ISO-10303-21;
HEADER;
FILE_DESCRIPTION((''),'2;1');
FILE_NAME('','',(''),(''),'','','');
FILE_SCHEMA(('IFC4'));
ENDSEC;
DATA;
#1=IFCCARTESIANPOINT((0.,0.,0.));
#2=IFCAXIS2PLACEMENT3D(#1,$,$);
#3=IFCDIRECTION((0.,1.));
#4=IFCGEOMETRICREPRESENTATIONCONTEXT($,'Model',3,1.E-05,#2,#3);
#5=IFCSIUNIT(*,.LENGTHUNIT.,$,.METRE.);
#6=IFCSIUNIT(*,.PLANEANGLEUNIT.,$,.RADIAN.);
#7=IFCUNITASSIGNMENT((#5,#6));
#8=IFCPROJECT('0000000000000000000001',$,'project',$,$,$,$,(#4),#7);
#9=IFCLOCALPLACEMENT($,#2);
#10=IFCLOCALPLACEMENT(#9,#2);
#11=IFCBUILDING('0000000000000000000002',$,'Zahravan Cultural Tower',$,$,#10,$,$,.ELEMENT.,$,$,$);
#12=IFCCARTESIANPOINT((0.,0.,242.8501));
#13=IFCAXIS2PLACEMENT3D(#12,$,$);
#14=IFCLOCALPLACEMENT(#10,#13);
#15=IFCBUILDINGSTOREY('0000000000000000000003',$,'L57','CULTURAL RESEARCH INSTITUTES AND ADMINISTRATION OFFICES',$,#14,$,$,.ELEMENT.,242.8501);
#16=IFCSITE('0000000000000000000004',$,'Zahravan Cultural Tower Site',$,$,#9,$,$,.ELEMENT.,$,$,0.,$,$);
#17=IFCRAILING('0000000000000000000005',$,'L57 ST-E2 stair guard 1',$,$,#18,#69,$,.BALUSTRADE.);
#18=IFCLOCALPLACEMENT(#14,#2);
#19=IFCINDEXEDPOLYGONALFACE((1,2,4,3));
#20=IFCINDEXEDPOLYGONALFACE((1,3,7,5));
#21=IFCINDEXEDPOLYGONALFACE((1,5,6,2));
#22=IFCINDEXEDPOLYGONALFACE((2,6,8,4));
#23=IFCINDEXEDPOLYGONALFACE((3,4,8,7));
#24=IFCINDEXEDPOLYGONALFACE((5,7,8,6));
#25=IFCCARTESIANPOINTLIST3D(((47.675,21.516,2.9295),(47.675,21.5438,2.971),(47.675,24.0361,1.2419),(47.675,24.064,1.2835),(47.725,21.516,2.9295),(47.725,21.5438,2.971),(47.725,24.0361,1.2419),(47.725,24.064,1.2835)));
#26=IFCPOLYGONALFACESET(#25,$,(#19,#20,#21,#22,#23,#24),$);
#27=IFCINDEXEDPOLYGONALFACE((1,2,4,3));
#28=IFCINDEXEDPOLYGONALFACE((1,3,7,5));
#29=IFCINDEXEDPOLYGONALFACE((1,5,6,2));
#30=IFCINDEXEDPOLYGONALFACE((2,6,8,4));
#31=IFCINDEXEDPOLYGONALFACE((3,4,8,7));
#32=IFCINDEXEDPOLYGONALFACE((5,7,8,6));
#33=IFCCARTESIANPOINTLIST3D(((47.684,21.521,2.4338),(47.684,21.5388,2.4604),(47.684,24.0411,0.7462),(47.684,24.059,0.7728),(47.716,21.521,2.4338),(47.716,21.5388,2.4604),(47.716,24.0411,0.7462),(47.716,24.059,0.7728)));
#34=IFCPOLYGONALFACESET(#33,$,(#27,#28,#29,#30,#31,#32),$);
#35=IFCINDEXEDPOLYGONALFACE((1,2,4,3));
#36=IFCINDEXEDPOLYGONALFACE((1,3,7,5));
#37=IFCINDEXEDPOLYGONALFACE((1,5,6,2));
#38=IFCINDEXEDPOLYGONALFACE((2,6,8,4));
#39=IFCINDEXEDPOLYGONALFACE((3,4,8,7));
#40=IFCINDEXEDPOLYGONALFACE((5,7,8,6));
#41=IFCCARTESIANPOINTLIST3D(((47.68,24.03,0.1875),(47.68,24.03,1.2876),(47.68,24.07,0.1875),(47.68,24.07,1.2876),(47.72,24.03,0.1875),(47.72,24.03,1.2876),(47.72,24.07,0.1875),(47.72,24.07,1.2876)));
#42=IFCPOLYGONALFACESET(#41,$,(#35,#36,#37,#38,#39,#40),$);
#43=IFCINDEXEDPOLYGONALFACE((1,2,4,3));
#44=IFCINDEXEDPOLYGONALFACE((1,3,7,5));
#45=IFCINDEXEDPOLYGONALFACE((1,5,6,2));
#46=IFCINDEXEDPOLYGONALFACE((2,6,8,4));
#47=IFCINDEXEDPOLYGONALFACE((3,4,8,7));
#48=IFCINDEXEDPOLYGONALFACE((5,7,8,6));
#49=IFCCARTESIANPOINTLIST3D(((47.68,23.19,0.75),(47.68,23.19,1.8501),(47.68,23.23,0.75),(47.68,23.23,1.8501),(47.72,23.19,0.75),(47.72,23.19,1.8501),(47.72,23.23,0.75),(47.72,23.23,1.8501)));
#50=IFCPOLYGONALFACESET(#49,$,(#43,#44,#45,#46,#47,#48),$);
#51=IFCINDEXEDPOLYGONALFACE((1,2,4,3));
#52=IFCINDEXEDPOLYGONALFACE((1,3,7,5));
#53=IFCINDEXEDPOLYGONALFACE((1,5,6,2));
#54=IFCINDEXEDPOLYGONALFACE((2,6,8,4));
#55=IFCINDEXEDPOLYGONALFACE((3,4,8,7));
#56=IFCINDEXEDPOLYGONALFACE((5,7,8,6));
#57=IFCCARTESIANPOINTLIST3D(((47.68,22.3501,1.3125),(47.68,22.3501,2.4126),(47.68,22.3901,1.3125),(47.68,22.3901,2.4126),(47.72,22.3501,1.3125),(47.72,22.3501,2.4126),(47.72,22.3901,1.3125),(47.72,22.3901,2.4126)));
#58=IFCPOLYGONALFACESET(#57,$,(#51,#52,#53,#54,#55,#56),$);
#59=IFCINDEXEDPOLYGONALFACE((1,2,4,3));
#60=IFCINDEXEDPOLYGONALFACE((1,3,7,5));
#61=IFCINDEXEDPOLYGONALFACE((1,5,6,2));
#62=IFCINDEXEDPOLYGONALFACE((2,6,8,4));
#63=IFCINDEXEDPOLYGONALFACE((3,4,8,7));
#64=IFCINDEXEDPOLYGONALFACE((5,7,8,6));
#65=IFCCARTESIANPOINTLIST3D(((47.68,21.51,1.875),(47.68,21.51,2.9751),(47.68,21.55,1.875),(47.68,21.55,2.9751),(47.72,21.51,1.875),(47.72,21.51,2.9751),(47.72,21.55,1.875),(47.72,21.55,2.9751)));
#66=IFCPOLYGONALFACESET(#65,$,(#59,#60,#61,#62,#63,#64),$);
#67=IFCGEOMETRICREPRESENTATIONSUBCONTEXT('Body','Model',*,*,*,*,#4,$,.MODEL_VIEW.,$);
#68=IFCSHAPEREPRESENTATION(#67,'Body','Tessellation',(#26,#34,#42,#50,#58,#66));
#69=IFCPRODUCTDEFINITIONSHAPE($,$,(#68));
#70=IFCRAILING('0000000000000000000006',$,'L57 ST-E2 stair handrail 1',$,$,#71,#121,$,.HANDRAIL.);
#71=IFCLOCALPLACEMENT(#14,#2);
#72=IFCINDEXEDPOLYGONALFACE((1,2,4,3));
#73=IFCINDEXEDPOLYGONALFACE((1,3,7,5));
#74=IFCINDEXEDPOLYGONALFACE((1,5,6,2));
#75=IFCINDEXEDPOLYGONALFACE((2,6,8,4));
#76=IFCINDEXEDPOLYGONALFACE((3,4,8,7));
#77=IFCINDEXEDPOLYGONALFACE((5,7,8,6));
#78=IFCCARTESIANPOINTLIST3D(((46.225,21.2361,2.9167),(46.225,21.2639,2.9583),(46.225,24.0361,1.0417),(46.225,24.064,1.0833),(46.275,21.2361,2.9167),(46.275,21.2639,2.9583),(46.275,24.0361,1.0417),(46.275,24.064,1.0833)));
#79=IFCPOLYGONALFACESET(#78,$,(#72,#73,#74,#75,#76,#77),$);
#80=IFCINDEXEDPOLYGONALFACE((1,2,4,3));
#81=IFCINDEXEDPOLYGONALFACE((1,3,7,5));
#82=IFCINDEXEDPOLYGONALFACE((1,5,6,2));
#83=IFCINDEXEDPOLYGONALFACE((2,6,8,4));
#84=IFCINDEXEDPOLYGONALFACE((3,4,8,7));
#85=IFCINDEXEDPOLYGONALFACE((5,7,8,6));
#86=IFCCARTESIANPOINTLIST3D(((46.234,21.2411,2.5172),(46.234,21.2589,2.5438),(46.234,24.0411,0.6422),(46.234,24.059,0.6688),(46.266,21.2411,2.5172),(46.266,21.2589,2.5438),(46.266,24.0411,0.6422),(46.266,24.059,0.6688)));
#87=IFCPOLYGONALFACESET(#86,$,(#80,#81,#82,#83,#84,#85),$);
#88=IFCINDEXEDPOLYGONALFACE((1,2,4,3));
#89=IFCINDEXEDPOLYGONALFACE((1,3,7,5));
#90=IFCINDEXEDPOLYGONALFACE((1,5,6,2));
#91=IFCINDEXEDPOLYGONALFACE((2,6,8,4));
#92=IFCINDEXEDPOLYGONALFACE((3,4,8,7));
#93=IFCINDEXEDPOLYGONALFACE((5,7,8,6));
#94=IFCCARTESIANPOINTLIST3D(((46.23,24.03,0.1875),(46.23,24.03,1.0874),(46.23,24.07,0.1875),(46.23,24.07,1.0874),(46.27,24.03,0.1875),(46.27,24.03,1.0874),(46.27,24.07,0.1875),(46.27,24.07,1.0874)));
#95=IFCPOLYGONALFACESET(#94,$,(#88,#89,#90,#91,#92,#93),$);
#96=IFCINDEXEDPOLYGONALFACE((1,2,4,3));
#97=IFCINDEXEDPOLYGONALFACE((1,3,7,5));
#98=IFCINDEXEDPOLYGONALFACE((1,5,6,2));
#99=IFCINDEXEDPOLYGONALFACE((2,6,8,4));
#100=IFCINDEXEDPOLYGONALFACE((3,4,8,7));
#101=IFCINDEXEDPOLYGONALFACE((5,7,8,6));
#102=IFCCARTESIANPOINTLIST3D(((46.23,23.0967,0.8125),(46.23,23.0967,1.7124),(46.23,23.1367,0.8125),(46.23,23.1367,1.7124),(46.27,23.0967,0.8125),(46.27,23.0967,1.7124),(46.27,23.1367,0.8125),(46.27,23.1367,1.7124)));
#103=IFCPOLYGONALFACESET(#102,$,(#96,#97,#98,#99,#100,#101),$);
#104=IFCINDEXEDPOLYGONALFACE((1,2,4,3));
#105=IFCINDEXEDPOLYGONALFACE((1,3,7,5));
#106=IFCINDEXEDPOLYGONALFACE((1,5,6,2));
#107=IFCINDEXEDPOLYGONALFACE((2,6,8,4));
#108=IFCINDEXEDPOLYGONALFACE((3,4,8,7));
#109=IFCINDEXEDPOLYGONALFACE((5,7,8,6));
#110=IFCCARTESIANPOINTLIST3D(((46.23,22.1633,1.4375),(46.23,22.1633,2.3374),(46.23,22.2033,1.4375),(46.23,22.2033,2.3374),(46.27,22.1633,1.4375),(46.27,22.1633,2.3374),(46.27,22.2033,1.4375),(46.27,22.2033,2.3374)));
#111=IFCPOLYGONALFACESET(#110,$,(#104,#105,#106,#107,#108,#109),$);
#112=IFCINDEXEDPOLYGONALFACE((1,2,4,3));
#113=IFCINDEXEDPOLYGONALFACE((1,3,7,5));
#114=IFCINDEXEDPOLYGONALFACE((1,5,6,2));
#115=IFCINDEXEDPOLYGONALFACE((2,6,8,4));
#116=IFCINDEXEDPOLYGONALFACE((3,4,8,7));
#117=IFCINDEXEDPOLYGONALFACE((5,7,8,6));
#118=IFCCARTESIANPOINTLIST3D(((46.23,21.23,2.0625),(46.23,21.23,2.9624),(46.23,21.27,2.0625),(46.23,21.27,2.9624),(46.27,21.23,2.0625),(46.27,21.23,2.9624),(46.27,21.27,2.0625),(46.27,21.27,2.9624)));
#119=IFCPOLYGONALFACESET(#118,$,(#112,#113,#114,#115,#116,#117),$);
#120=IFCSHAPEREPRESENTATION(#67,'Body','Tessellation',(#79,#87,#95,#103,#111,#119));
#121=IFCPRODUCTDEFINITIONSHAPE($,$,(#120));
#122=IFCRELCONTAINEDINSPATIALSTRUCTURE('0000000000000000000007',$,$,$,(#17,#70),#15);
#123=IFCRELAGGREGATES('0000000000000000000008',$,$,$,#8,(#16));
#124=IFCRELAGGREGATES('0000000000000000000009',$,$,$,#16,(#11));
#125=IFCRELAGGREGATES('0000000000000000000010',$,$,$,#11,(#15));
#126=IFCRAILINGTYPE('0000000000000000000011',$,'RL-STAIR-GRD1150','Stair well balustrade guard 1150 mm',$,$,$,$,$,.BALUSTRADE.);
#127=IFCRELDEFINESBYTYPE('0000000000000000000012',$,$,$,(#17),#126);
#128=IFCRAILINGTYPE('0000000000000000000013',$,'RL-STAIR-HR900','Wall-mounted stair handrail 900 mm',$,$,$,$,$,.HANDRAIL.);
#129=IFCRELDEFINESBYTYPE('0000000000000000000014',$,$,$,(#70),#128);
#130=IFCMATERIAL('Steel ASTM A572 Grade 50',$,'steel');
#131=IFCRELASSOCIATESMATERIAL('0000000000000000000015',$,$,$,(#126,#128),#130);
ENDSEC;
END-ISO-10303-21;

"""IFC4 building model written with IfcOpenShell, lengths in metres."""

from ifc_helpers import new_model, si_unit, direction, frame, origin, origin_2d, place, context, subcontext, project, spatial, rectangle, extrude, material, type_object, element, save


model = new_model("IFC4")

# Units and contexts
model_context = context("Model", 3, precision=1e-05, world=origin(), true_north=direction((0.0, 1.0)))
body_context = subcontext(model_context, "Body", "Model", "MODEL_VIEW")
ifc_project = project(units=[si_unit("LENGTHUNIT", "METRE"), si_unit("PLANEANGLEUNIT", "RADIAN")], contexts=[model_context])

# Site, building, storey
site_placement = place(None, origin())
site = spatial("IfcSite", under=ifc_project, at=site_placement, Name="Zahravan Cultural Tower Site", CompositionType="ELEMENT", RefElevation=0.0)
building_placement = place(site_placement, origin())
building = spatial("IfcBuilding", under=site, at=building_placement, Name="Zahravan Cultural Tower", CompositionType="ELEMENT")
storey_placement = place(building_placement, frame((0.0, 0.0, 242.8501)))
storey = spatial("IfcBuildingStorey", under=building, at=storey_placement, Name="L57", Description="CULTURAL RESEARCH INSTITUTES AND ADMINISTRATION OFFICES", CompositionType="ELEMENT", Elevation=242.8501)

# Shared definitions
ifc_material_1 = material(Name="Steel ASTM A572 Grade 50", Category="steel")

# Railings
railing_type_1 = type_object("IfcRailingType", Name="RL-STAIR-GRD1150", Description="Stair well balustrade guard 1150 mm", PredefinedType="BALUSTRADE", material=ifc_material_1)
railing_1_placement = place(storey_placement, frame((47.7, 24.05, 0.1875)))
element("IfcRailing", 1, at=railing_1_placement, inside=storey, type_object=railing_type_1, Name="L57 ST-E2 stair guard 1", PredefinedType="BALUSTRADE", context=body_context, shape_type="SweptSolid", body=[
    extrude(rectangle(XDim=0.05, YDim=0.05, at=origin_2d()), frame((0.0, 0.0, 1.0752), z_axis=(0.0, -0.830909, 0.556408), x_axis=(1.0, 0.0, 0.0)), (0.0, 0.0, 1.0), 3.033),
    extrude(rectangle(XDim=0.032, YDim=0.032, at=origin_2d()), frame((0.0, 0.0, 0.572), z_axis=(0.0, -0.830909, 0.556408), x_axis=(1.0, 0.0, 0.0)), (0.0, 0.0, 1.0), 3.033),
    extrude(rectangle(XDim=0.04, YDim=0.04, at=origin_2d()), origin(), (0.0, 0.0, 1.0), 1.1001),
    extrude(rectangle(XDim=0.04, YDim=0.04, at=origin_2d()), frame((0.0, -0.8401, 0.5625)), (0.0, 0.0, 1.0), 1.1001),
    extrude(rectangle(XDim=0.04, YDim=0.04, at=origin_2d()), frame((0.0, -1.6799, 1.125)), (0.0, 0.0, 1.0), 1.1001),
    extrude(rectangle(XDim=0.04, YDim=0.04, at=origin_2d()), frame((0.0, -2.52, 1.6875)), (0.0, 0.0, 1.0), 1.1001),
])
railing_type_2 = type_object("IfcRailingType", Name="RL-STAIR-HR900", Description="Wall-mounted stair handrail 900 mm", PredefinedType="HANDRAIL", material=ifc_material_1)
railing_2_placement = place(storey_placement, frame((46.25, 24.05, 0.1875)))
element("IfcRailing", 2, at=railing_2_placement, inside=storey, type_object=railing_type_2, Name="L57 ST-E2 stair handrail 1", PredefinedType="HANDRAIL", context=body_context, shape_type="SweptSolid", body=[
    extrude(rectangle(XDim=0.05, YDim=0.05, at=origin_2d()), frame((0.0, 0.0, 0.875), z_axis=(0.0, -0.830912, 0.556404), x_axis=(1.0, 0.0, 0.0)), (0.0, 0.0, 1.0), 3.3699),
    extrude(rectangle(XDim=0.032, YDim=0.032, at=origin_2d()), frame((0.0, 0.0, 0.468), z_axis=(0.0, -0.830912, 0.556404), x_axis=(1.0, 0.0, 0.0)), (0.0, 0.0, 1.0), 3.3699),
    extrude(rectangle(XDim=0.04, YDim=0.04, at=origin_2d()), origin(), (0.0, 0.0, 1.0), 0.8999),
    extrude(rectangle(XDim=0.04, YDim=0.04, at=origin_2d()), frame((0.0, -0.9333, 0.625)), (0.0, 0.0, 1.0), 0.8999),
    extrude(rectangle(XDim=0.04, YDim=0.04, at=origin_2d()), frame((0.0, -1.8667, 1.25)), (0.0, 0.0, 1.0), 0.8999),
    extrude(rectangle(XDim=0.04, YDim=0.04, at=origin_2d()), frame((0.0, -2.8, 1.875)), (0.0, 0.0, 1.0), 0.8999),
])

save(model, "model.ifc")
